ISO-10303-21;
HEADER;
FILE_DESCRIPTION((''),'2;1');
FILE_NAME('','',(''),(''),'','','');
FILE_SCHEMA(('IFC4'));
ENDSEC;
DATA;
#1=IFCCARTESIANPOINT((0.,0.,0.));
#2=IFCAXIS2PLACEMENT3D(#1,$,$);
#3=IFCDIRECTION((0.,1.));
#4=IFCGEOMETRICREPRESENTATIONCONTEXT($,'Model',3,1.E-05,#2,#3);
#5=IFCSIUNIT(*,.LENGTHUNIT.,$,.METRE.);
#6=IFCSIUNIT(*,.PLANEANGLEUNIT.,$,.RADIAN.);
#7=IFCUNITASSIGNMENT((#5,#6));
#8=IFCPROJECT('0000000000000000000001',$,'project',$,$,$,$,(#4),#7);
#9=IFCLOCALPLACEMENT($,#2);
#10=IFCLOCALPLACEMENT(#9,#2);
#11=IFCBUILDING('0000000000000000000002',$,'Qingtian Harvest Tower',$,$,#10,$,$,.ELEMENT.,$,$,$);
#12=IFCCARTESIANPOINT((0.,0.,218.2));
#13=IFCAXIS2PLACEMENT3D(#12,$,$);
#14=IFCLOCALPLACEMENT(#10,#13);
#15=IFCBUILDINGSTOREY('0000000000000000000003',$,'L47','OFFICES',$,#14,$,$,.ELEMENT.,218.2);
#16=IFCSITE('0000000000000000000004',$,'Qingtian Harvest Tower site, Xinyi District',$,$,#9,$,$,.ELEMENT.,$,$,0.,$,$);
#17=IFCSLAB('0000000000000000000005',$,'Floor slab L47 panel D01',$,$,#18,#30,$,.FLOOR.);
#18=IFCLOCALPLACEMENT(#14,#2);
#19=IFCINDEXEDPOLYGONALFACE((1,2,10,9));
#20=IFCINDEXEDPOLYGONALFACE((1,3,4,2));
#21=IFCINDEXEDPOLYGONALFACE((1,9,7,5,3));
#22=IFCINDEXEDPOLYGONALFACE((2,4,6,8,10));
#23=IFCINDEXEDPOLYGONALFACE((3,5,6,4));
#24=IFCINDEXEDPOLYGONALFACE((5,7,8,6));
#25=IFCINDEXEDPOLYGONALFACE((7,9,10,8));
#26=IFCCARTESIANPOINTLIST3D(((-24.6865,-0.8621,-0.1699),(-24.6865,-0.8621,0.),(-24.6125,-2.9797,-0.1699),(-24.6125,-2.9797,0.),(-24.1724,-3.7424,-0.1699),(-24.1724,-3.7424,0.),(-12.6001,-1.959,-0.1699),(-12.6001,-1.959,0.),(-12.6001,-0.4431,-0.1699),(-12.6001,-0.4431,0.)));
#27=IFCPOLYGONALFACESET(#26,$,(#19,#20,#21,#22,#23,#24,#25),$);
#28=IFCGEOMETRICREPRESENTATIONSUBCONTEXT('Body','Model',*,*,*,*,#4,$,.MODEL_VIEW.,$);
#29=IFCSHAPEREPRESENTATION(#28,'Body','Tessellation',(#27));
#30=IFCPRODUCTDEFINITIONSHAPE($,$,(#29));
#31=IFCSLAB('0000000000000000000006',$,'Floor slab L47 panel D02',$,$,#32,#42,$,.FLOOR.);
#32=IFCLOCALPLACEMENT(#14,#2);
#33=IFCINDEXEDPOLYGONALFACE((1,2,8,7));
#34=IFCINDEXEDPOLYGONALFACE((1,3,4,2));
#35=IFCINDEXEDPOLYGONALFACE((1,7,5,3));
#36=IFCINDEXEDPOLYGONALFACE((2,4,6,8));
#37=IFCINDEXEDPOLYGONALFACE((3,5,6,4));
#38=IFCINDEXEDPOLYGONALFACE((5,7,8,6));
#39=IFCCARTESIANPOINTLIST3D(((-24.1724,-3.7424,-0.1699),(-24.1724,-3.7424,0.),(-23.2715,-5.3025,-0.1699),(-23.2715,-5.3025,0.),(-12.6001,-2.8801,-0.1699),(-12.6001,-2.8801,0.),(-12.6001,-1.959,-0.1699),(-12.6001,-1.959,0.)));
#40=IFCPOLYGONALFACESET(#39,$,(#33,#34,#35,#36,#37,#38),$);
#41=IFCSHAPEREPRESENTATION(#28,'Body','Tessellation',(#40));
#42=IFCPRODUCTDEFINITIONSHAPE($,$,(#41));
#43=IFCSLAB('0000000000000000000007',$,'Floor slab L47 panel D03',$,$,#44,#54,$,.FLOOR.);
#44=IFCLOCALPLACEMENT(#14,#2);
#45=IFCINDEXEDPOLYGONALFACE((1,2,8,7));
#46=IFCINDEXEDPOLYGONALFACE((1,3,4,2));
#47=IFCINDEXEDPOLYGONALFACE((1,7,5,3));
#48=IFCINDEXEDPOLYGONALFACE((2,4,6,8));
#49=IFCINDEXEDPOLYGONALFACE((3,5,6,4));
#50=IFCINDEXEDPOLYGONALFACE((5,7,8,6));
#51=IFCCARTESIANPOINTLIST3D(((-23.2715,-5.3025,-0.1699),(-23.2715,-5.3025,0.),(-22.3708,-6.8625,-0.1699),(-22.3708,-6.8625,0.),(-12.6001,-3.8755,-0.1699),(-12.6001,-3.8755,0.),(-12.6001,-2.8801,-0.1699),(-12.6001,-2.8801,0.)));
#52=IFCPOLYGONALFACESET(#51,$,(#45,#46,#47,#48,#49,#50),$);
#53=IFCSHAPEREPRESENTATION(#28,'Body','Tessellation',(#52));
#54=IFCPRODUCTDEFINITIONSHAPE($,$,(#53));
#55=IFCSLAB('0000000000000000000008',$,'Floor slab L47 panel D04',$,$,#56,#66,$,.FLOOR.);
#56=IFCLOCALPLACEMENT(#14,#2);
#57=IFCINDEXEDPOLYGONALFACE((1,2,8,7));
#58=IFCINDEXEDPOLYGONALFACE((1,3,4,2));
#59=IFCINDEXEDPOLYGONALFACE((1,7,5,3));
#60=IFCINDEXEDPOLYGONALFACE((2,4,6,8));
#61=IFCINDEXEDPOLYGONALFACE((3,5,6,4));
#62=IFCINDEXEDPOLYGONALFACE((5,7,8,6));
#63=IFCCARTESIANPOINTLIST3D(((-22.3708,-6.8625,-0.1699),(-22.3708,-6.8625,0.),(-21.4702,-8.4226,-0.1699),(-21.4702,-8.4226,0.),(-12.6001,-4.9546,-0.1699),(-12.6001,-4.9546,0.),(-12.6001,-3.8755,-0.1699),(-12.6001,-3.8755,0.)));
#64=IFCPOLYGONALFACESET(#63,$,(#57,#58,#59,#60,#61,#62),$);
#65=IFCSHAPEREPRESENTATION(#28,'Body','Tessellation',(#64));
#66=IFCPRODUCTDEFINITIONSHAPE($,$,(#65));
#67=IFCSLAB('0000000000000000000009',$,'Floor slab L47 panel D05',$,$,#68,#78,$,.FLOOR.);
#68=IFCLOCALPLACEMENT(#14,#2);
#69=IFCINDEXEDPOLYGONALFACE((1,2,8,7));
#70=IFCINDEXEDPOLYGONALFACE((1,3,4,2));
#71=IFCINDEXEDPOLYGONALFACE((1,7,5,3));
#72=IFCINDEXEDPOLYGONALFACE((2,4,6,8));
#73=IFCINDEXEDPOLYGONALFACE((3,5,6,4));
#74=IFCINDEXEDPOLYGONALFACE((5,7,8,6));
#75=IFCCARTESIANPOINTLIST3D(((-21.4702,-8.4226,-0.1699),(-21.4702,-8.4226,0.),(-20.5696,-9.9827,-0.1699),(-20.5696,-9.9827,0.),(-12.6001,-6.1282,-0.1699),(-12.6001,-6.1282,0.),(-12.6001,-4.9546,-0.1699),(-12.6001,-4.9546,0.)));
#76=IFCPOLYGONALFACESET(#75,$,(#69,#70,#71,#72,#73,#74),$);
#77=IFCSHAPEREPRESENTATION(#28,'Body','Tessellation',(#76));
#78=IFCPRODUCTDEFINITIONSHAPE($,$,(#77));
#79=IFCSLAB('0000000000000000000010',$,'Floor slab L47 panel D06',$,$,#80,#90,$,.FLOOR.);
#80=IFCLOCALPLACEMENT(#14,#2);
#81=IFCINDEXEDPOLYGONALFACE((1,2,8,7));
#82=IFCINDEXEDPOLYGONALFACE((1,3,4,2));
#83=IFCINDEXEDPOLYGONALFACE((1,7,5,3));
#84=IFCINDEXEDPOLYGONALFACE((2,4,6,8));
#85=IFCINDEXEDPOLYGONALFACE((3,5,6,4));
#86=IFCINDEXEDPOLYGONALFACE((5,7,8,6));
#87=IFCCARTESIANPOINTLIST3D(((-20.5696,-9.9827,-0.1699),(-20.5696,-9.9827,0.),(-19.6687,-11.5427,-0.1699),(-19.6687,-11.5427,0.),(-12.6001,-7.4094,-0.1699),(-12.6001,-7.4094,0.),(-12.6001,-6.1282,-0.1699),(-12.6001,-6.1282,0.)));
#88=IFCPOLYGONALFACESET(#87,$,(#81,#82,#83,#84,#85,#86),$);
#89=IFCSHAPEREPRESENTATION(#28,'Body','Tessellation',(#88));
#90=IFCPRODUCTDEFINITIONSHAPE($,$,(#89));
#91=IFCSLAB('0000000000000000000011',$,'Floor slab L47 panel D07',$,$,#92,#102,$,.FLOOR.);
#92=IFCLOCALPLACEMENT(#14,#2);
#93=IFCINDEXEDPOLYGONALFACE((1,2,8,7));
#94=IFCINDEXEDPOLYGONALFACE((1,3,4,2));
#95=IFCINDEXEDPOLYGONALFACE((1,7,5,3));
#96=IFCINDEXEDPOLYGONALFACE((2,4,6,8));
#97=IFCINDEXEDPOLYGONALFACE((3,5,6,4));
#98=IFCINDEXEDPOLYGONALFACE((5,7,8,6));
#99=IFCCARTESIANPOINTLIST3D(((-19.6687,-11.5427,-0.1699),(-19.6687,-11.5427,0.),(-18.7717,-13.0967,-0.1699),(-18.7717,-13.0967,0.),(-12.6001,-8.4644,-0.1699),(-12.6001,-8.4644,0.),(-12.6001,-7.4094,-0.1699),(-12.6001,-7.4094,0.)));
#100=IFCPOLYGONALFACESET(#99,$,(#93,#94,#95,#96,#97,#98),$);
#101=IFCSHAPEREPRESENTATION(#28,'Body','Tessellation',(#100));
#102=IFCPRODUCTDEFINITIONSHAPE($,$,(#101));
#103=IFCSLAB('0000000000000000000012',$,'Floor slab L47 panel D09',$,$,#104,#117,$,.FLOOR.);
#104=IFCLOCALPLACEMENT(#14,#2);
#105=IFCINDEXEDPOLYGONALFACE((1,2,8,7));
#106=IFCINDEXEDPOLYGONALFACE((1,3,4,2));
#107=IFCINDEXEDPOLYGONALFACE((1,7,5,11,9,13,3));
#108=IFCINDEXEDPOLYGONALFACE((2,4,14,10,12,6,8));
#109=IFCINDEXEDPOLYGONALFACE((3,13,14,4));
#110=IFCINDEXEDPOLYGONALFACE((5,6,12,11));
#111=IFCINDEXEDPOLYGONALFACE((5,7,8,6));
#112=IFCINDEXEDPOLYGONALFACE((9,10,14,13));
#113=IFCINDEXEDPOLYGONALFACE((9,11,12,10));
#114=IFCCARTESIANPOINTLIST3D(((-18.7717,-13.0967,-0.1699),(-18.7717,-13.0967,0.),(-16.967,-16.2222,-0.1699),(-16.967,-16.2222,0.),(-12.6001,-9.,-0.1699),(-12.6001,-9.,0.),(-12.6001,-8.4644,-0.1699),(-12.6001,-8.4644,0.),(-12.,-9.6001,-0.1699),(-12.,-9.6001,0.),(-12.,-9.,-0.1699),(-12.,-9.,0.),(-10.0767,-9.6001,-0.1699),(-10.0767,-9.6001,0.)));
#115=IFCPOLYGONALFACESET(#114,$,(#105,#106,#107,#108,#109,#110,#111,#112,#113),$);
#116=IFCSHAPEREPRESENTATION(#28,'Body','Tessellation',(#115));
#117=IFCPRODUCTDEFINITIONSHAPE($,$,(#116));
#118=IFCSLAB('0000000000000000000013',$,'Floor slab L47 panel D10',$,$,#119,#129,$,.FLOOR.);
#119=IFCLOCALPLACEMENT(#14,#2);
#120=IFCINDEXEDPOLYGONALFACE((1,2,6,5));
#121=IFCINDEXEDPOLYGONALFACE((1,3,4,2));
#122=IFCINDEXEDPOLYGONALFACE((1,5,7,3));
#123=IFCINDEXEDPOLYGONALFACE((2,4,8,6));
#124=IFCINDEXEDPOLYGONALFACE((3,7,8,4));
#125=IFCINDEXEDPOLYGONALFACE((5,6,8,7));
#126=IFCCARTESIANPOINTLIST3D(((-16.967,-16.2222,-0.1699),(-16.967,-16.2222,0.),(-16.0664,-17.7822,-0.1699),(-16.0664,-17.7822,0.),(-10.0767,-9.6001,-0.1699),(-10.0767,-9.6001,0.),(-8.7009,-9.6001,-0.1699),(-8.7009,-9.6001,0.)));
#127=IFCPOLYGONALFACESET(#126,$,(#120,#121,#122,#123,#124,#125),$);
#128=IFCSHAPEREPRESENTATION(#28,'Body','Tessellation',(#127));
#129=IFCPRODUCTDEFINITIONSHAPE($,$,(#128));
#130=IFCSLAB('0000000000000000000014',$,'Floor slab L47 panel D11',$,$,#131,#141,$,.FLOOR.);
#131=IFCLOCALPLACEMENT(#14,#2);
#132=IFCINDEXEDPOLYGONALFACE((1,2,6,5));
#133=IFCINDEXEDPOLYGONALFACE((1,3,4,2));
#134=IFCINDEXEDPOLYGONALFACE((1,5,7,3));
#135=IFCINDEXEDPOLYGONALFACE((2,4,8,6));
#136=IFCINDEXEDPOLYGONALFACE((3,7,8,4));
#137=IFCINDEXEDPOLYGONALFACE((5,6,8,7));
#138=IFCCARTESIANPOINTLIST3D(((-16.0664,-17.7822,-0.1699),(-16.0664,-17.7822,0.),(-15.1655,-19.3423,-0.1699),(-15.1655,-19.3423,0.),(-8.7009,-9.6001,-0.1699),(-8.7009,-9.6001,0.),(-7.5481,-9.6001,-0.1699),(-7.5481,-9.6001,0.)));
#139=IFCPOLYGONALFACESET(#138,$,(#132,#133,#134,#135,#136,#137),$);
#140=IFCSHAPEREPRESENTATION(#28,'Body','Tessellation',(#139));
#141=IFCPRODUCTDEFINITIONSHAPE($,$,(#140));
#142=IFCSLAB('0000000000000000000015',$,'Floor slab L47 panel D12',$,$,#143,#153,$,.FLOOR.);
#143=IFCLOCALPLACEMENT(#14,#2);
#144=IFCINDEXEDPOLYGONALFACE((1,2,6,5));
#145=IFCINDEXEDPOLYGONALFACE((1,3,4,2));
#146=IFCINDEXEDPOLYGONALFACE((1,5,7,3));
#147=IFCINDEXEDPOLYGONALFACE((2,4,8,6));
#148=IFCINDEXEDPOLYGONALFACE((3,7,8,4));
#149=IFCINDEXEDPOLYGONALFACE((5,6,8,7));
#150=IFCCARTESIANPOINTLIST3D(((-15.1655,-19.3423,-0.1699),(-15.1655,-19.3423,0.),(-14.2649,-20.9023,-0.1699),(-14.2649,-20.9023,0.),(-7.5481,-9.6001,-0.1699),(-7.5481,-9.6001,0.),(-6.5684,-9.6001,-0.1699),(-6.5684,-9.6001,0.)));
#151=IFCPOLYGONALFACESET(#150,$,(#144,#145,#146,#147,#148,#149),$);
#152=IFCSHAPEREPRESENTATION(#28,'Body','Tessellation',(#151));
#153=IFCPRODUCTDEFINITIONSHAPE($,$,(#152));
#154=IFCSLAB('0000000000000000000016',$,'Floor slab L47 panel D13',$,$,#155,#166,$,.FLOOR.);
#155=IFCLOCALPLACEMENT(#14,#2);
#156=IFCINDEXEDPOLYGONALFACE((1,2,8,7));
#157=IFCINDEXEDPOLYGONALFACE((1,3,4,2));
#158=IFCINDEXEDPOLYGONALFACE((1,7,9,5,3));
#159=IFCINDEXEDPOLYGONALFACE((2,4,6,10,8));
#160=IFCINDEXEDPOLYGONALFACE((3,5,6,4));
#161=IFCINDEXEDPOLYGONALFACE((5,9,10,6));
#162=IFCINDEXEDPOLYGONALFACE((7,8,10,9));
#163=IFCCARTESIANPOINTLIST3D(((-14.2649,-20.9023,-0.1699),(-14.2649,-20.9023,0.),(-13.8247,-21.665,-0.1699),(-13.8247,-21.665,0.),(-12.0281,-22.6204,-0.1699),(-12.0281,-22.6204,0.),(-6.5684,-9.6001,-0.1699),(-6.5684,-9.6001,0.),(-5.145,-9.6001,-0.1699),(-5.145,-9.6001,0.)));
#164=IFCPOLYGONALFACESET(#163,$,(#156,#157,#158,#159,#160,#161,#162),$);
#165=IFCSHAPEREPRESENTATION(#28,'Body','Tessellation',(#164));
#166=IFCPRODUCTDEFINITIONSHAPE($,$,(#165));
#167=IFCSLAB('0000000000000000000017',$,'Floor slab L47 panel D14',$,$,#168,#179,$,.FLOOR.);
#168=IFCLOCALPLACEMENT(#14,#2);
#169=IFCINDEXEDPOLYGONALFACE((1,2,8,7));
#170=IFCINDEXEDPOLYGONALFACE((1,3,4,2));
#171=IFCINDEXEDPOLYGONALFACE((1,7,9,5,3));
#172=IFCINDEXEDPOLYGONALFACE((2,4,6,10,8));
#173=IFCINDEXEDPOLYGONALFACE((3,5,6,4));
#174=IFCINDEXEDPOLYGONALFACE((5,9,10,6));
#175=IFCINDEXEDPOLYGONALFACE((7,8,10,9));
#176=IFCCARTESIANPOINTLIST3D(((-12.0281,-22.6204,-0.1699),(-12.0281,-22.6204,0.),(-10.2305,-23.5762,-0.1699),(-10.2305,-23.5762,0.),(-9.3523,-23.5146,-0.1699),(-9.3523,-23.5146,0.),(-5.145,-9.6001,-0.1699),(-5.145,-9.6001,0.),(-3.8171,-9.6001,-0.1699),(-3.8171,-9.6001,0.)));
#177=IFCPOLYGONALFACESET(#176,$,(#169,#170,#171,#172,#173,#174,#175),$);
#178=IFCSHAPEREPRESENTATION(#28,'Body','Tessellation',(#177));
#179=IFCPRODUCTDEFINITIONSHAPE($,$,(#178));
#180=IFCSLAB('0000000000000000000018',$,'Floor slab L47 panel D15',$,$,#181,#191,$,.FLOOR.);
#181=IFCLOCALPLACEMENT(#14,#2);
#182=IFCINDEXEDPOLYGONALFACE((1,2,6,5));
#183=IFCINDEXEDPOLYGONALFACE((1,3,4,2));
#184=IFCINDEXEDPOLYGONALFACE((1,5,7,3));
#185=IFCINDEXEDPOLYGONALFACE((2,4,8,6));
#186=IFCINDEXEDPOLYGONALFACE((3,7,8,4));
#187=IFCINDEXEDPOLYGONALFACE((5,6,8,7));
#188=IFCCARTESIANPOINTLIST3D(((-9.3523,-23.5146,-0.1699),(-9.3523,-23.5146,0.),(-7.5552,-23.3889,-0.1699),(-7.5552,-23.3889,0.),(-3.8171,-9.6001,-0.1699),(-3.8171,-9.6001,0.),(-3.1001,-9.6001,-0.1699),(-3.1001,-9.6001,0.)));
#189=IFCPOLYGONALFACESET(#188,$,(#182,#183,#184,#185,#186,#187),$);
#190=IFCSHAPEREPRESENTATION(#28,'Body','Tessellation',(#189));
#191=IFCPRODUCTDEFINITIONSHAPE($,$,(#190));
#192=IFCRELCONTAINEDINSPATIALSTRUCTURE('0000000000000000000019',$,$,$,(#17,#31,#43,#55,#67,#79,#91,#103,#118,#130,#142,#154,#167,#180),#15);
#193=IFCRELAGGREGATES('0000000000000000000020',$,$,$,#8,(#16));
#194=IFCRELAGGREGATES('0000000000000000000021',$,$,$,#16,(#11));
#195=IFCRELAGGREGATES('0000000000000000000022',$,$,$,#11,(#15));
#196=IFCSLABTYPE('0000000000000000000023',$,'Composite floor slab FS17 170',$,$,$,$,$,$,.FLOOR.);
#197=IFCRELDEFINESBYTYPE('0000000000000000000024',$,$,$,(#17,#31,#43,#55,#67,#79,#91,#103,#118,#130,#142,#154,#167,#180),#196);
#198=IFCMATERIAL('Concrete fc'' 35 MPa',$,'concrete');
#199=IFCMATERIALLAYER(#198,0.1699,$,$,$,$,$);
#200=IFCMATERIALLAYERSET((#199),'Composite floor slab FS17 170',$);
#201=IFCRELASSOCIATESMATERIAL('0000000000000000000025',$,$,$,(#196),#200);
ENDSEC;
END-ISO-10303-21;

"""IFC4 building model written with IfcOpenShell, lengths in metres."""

from ifc_helpers import new_model, si_unit, direction, frame, origin, place, context, subcontext, project, spatial, polyline, outline, extrude, material, layer, layer_set, type_object, element, save


model = new_model("IFC4")

# Units and contexts
model_context = context("Model", 3, precision=1e-05, world=origin(), true_north=direction((0.0, 1.0)))
body_context = subcontext(model_context, "Body", "Model", "MODEL_VIEW")
ifc_project = project(units=[si_unit("LENGTHUNIT", "METRE"), si_unit("PLANEANGLEUNIT", "RADIAN")], contexts=[model_context])

# Site, building, storey
site_placement = place(None, origin())
site = spatial("IfcSite", under=ifc_project, at=site_placement, Name="Qingtian Harvest Tower site, Xinyi District", CompositionType="ELEMENT", RefElevation=0.0)
building_placement = place(site_placement, origin())
building = spatial("IfcBuilding", under=site, at=building_placement, Name="Qingtian Harvest Tower", CompositionType="ELEMENT")
storey_placement = place(building_placement, frame((0.0, 0.0, 218.2)))
storey = spatial("IfcBuildingStorey", under=building, at=storey_placement, Name="L47", Description="OFFICES", CompositionType="ELEMENT", Elevation=218.2)

# Slabs
ifc_material_1 = material(Name="Concrete fc' 35 MPa", Category="concrete")
ifc_layer_1 = layer(ifc_material_1, 0.1699)
ifc_layer_set_1 = layer_set([ifc_layer_1], Name="Composite floor slab FS17 170")
slab_type_1 = type_object("IfcSlabType", Name="Composite floor slab FS17 170", PredefinedType="FLOOR", material=ifc_layer_set_1)
slab_1_placement = place(storey_placement, frame((0.0, 0.0, -0.1699)))
element("IfcSlab", 1, at=slab_1_placement, inside=storey, type_object=slab_type_1, Name="Floor slab L47 panel D01", PredefinedType="FLOOR", context=body_context, shape_type="SweptSolid", body=[
    extrude(outline(polyline([(-24.6865, -0.8621), (-12.6001, -0.4431), (-12.6001, -1.959), (-24.1724, -3.7424), (-24.6125, -2.9797), (-24.6865, -0.8621)])), origin(), (0.0, 0.0, 1.0), 0.1699),
])
slab_2_placement = place(storey_placement, frame((0.0, 0.0, -0.1699)))
element("IfcSlab", 2, at=slab_2_placement, inside=storey, type_object=slab_type_1, Name="Floor slab L47 panel D02", PredefinedType="FLOOR", context=body_context, shape_type="SweptSolid", body=[
    extrude(outline(polyline([(-12.6001, -2.8801), (-23.2715, -5.3025), (-24.1724, -3.7424), (-12.6001, -1.959), (-12.6001, -2.8801)])), origin(), (0.0, 0.0, 1.0), 0.1699),
])
slab_3_placement = place(storey_placement, frame((0.0, 0.0, -0.1699)))
element("IfcSlab", 3, at=slab_3_placement, inside=storey, type_object=slab_type_1, Name="Floor slab L47 panel D03", PredefinedType="FLOOR", context=body_context, shape_type="SweptSolid", body=[
    extrude(outline(polyline([(-12.6001, -3.8755), (-22.3708, -6.8625), (-23.2715, -5.3025), (-12.6001, -2.8801), (-12.6001, -3.8755)])), origin(), (0.0, 0.0, 1.0), 0.1699),
])
slab_4_placement = place(storey_placement, frame((0.0, 0.0, -0.1699)))
element("IfcSlab", 4, at=slab_4_placement, inside=storey, type_object=slab_type_1, Name="Floor slab L47 panel D04", PredefinedType="FLOOR", context=body_context, shape_type="SweptSolid", body=[
    extrude(outline(polyline([(-12.6001, -4.9546), (-21.4702, -8.4226), (-22.3708, -6.8625), (-12.6001, -3.8755), (-12.6001, -4.9546)])), origin(), (0.0, 0.0, 1.0), 0.1699),
])
slab_5_placement = place(storey_placement, frame((0.0, 0.0, -0.1699)))
element("IfcSlab", 5, at=slab_5_placement, inside=storey, type_object=slab_type_1, Name="Floor slab L47 panel D05", PredefinedType="FLOOR", context=body_context, shape_type="SweptSolid", body=[
    extrude(outline(polyline([(-12.6001, -6.1282), (-20.5696, -9.9827), (-21.4702, -8.4226), (-12.6001, -4.9546), (-12.6001, -6.1282)])), origin(), (0.0, 0.0, 1.0), 0.1699),
])
slab_6_placement = place(storey_placement, frame((0.0, 0.0, -0.1699)))
element("IfcSlab", 6, at=slab_6_placement, inside=storey, type_object=slab_type_1, Name="Floor slab L47 panel D06", PredefinedType="FLOOR", context=body_context, shape_type="SweptSolid", body=[
    extrude(outline(polyline([(-12.6001, -7.4094), (-19.6687, -11.5427), (-20.5696, -9.9827), (-12.6001, -6.1282), (-12.6001, -7.4094)])), origin(), (0.0, 0.0, 1.0), 0.1699),
])
slab_7_placement = place(storey_placement, frame((0.0, 0.0, -0.1699)))
element("IfcSlab", 7, at=slab_7_placement, inside=storey, type_object=slab_type_1, Name="Floor slab L47 panel D07", PredefinedType="FLOOR", context=body_context, shape_type="SweptSolid", body=[
    extrude(outline(polyline([(-12.6001, -8.4644), (-18.7717, -13.0967), (-19.6687, -11.5427), (-12.6001, -7.4094), (-12.6001, -8.4644)])), origin(), (0.0, 0.0, 1.0), 0.1699),
])
slab_8_placement = place(storey_placement, frame((0.0, 0.0, -0.1699)))
element("IfcSlab", 8, at=slab_8_placement, inside=storey, type_object=slab_type_1, Name="Floor slab L47 panel D09", PredefinedType="FLOOR", context=body_context, shape_type="SweptSolid", body=[
    extrude(outline(polyline([(-16.967, -16.2222), (-18.7717, -13.0967), (-12.6001, -8.4644), (-12.6001, -9.0), (-12.0, -9.0), (-12.0, -9.6001), (-10.0767, -9.6001), (-16.967, -16.2222)])), origin(), (0.0, 0.0, 1.0), 0.1699),
])
slab_9_placement = place(storey_placement, frame((0.0, 0.0, -0.1699)))
element("IfcSlab", 9, at=slab_9_placement, inside=storey, type_object=slab_type_1, Name="Floor slab L47 panel D10", PredefinedType="FLOOR", context=body_context, shape_type="SweptSolid", body=[
    extrude(outline(polyline([(-8.7009, -9.6001), (-16.0664, -17.7822), (-16.967, -16.2222), (-10.0767, -9.6001), (-8.7009, -9.6001)])), origin(), (0.0, 0.0, 1.0), 0.1699),
])
slab_10_placement = place(storey_placement, frame((0.0, 0.0, -0.1699)))
element("IfcSlab", 10, at=slab_10_placement, inside=storey, type_object=slab_type_1, Name="Floor slab L47 panel D11", PredefinedType="FLOOR", context=body_context, shape_type="SweptSolid", body=[
    extrude(outline(polyline([(-7.5481, -9.6001), (-15.1655, -19.3423), (-16.0664, -17.7822), (-8.7009, -9.6001), (-7.5481, -9.6001)])), origin(), (0.0, 0.0, 1.0), 0.1699),
])
slab_11_placement = place(storey_placement, frame((0.0, 0.0, -0.1699)))
element("IfcSlab", 11, at=slab_11_placement, inside=storey, type_object=slab_type_1, Name="Floor slab L47 panel D12", PredefinedType="FLOOR", context=body_context, shape_type="SweptSolid", body=[
    extrude(outline(polyline([(-6.5684, -9.6001), (-14.2649, -20.9023), (-15.1655, -19.3423), (-7.5481, -9.6001), (-6.5684, -9.6001)])), origin(), (0.0, 0.0, 1.0), 0.1699),
])
slab_12_placement = place(storey_placement, frame((0.0, 0.0, -0.1699)))
element("IfcSlab", 12, at=slab_12_placement, inside=storey, type_object=slab_type_1, Name="Floor slab L47 panel D13", PredefinedType="FLOOR", context=body_context, shape_type="SweptSolid", body=[
    extrude(outline(polyline([(-6.5684, -9.6001), (-5.145, -9.6001), (-12.0281, -22.6204), (-13.8247, -21.665), (-14.2649, -20.9023), (-6.5684, -9.6001)])), origin(), (0.0, 0.0, 1.0), 0.1699),
])
slab_13_placement = place(storey_placement, frame((0.0, 0.0, -0.1699)))
element("IfcSlab", 13, at=slab_13_placement, inside=storey, type_object=slab_type_1, Name="Floor slab L47 panel D14", PredefinedType="FLOOR", context=body_context, shape_type="SweptSolid", body=[
    extrude(outline(polyline([(-5.145, -9.6001), (-3.8171, -9.6001), (-9.3523, -23.5146), (-10.2305, -23.5762), (-12.0281, -22.6204), (-5.145, -9.6001)])), origin(), (0.0, 0.0, 1.0), 0.1699),
])
slab_14_placement = place(storey_placement, frame((0.0, 0.0, -0.1699)))
element("IfcSlab", 14, at=slab_14_placement, inside=storey, type_object=slab_type_1, Name="Floor slab L47 panel D15", PredefinedType="FLOOR", context=body_context, shape_type="SweptSolid", body=[
    extrude(outline(polyline([(-3.1001, -9.6001), (-7.5552, -23.3889), (-9.3523, -23.5146), (-3.8171, -9.6001), (-3.1001, -9.6001)])), origin(), (0.0, 0.0, 1.0), 0.1699),
])

save(model, "model.ifc")
